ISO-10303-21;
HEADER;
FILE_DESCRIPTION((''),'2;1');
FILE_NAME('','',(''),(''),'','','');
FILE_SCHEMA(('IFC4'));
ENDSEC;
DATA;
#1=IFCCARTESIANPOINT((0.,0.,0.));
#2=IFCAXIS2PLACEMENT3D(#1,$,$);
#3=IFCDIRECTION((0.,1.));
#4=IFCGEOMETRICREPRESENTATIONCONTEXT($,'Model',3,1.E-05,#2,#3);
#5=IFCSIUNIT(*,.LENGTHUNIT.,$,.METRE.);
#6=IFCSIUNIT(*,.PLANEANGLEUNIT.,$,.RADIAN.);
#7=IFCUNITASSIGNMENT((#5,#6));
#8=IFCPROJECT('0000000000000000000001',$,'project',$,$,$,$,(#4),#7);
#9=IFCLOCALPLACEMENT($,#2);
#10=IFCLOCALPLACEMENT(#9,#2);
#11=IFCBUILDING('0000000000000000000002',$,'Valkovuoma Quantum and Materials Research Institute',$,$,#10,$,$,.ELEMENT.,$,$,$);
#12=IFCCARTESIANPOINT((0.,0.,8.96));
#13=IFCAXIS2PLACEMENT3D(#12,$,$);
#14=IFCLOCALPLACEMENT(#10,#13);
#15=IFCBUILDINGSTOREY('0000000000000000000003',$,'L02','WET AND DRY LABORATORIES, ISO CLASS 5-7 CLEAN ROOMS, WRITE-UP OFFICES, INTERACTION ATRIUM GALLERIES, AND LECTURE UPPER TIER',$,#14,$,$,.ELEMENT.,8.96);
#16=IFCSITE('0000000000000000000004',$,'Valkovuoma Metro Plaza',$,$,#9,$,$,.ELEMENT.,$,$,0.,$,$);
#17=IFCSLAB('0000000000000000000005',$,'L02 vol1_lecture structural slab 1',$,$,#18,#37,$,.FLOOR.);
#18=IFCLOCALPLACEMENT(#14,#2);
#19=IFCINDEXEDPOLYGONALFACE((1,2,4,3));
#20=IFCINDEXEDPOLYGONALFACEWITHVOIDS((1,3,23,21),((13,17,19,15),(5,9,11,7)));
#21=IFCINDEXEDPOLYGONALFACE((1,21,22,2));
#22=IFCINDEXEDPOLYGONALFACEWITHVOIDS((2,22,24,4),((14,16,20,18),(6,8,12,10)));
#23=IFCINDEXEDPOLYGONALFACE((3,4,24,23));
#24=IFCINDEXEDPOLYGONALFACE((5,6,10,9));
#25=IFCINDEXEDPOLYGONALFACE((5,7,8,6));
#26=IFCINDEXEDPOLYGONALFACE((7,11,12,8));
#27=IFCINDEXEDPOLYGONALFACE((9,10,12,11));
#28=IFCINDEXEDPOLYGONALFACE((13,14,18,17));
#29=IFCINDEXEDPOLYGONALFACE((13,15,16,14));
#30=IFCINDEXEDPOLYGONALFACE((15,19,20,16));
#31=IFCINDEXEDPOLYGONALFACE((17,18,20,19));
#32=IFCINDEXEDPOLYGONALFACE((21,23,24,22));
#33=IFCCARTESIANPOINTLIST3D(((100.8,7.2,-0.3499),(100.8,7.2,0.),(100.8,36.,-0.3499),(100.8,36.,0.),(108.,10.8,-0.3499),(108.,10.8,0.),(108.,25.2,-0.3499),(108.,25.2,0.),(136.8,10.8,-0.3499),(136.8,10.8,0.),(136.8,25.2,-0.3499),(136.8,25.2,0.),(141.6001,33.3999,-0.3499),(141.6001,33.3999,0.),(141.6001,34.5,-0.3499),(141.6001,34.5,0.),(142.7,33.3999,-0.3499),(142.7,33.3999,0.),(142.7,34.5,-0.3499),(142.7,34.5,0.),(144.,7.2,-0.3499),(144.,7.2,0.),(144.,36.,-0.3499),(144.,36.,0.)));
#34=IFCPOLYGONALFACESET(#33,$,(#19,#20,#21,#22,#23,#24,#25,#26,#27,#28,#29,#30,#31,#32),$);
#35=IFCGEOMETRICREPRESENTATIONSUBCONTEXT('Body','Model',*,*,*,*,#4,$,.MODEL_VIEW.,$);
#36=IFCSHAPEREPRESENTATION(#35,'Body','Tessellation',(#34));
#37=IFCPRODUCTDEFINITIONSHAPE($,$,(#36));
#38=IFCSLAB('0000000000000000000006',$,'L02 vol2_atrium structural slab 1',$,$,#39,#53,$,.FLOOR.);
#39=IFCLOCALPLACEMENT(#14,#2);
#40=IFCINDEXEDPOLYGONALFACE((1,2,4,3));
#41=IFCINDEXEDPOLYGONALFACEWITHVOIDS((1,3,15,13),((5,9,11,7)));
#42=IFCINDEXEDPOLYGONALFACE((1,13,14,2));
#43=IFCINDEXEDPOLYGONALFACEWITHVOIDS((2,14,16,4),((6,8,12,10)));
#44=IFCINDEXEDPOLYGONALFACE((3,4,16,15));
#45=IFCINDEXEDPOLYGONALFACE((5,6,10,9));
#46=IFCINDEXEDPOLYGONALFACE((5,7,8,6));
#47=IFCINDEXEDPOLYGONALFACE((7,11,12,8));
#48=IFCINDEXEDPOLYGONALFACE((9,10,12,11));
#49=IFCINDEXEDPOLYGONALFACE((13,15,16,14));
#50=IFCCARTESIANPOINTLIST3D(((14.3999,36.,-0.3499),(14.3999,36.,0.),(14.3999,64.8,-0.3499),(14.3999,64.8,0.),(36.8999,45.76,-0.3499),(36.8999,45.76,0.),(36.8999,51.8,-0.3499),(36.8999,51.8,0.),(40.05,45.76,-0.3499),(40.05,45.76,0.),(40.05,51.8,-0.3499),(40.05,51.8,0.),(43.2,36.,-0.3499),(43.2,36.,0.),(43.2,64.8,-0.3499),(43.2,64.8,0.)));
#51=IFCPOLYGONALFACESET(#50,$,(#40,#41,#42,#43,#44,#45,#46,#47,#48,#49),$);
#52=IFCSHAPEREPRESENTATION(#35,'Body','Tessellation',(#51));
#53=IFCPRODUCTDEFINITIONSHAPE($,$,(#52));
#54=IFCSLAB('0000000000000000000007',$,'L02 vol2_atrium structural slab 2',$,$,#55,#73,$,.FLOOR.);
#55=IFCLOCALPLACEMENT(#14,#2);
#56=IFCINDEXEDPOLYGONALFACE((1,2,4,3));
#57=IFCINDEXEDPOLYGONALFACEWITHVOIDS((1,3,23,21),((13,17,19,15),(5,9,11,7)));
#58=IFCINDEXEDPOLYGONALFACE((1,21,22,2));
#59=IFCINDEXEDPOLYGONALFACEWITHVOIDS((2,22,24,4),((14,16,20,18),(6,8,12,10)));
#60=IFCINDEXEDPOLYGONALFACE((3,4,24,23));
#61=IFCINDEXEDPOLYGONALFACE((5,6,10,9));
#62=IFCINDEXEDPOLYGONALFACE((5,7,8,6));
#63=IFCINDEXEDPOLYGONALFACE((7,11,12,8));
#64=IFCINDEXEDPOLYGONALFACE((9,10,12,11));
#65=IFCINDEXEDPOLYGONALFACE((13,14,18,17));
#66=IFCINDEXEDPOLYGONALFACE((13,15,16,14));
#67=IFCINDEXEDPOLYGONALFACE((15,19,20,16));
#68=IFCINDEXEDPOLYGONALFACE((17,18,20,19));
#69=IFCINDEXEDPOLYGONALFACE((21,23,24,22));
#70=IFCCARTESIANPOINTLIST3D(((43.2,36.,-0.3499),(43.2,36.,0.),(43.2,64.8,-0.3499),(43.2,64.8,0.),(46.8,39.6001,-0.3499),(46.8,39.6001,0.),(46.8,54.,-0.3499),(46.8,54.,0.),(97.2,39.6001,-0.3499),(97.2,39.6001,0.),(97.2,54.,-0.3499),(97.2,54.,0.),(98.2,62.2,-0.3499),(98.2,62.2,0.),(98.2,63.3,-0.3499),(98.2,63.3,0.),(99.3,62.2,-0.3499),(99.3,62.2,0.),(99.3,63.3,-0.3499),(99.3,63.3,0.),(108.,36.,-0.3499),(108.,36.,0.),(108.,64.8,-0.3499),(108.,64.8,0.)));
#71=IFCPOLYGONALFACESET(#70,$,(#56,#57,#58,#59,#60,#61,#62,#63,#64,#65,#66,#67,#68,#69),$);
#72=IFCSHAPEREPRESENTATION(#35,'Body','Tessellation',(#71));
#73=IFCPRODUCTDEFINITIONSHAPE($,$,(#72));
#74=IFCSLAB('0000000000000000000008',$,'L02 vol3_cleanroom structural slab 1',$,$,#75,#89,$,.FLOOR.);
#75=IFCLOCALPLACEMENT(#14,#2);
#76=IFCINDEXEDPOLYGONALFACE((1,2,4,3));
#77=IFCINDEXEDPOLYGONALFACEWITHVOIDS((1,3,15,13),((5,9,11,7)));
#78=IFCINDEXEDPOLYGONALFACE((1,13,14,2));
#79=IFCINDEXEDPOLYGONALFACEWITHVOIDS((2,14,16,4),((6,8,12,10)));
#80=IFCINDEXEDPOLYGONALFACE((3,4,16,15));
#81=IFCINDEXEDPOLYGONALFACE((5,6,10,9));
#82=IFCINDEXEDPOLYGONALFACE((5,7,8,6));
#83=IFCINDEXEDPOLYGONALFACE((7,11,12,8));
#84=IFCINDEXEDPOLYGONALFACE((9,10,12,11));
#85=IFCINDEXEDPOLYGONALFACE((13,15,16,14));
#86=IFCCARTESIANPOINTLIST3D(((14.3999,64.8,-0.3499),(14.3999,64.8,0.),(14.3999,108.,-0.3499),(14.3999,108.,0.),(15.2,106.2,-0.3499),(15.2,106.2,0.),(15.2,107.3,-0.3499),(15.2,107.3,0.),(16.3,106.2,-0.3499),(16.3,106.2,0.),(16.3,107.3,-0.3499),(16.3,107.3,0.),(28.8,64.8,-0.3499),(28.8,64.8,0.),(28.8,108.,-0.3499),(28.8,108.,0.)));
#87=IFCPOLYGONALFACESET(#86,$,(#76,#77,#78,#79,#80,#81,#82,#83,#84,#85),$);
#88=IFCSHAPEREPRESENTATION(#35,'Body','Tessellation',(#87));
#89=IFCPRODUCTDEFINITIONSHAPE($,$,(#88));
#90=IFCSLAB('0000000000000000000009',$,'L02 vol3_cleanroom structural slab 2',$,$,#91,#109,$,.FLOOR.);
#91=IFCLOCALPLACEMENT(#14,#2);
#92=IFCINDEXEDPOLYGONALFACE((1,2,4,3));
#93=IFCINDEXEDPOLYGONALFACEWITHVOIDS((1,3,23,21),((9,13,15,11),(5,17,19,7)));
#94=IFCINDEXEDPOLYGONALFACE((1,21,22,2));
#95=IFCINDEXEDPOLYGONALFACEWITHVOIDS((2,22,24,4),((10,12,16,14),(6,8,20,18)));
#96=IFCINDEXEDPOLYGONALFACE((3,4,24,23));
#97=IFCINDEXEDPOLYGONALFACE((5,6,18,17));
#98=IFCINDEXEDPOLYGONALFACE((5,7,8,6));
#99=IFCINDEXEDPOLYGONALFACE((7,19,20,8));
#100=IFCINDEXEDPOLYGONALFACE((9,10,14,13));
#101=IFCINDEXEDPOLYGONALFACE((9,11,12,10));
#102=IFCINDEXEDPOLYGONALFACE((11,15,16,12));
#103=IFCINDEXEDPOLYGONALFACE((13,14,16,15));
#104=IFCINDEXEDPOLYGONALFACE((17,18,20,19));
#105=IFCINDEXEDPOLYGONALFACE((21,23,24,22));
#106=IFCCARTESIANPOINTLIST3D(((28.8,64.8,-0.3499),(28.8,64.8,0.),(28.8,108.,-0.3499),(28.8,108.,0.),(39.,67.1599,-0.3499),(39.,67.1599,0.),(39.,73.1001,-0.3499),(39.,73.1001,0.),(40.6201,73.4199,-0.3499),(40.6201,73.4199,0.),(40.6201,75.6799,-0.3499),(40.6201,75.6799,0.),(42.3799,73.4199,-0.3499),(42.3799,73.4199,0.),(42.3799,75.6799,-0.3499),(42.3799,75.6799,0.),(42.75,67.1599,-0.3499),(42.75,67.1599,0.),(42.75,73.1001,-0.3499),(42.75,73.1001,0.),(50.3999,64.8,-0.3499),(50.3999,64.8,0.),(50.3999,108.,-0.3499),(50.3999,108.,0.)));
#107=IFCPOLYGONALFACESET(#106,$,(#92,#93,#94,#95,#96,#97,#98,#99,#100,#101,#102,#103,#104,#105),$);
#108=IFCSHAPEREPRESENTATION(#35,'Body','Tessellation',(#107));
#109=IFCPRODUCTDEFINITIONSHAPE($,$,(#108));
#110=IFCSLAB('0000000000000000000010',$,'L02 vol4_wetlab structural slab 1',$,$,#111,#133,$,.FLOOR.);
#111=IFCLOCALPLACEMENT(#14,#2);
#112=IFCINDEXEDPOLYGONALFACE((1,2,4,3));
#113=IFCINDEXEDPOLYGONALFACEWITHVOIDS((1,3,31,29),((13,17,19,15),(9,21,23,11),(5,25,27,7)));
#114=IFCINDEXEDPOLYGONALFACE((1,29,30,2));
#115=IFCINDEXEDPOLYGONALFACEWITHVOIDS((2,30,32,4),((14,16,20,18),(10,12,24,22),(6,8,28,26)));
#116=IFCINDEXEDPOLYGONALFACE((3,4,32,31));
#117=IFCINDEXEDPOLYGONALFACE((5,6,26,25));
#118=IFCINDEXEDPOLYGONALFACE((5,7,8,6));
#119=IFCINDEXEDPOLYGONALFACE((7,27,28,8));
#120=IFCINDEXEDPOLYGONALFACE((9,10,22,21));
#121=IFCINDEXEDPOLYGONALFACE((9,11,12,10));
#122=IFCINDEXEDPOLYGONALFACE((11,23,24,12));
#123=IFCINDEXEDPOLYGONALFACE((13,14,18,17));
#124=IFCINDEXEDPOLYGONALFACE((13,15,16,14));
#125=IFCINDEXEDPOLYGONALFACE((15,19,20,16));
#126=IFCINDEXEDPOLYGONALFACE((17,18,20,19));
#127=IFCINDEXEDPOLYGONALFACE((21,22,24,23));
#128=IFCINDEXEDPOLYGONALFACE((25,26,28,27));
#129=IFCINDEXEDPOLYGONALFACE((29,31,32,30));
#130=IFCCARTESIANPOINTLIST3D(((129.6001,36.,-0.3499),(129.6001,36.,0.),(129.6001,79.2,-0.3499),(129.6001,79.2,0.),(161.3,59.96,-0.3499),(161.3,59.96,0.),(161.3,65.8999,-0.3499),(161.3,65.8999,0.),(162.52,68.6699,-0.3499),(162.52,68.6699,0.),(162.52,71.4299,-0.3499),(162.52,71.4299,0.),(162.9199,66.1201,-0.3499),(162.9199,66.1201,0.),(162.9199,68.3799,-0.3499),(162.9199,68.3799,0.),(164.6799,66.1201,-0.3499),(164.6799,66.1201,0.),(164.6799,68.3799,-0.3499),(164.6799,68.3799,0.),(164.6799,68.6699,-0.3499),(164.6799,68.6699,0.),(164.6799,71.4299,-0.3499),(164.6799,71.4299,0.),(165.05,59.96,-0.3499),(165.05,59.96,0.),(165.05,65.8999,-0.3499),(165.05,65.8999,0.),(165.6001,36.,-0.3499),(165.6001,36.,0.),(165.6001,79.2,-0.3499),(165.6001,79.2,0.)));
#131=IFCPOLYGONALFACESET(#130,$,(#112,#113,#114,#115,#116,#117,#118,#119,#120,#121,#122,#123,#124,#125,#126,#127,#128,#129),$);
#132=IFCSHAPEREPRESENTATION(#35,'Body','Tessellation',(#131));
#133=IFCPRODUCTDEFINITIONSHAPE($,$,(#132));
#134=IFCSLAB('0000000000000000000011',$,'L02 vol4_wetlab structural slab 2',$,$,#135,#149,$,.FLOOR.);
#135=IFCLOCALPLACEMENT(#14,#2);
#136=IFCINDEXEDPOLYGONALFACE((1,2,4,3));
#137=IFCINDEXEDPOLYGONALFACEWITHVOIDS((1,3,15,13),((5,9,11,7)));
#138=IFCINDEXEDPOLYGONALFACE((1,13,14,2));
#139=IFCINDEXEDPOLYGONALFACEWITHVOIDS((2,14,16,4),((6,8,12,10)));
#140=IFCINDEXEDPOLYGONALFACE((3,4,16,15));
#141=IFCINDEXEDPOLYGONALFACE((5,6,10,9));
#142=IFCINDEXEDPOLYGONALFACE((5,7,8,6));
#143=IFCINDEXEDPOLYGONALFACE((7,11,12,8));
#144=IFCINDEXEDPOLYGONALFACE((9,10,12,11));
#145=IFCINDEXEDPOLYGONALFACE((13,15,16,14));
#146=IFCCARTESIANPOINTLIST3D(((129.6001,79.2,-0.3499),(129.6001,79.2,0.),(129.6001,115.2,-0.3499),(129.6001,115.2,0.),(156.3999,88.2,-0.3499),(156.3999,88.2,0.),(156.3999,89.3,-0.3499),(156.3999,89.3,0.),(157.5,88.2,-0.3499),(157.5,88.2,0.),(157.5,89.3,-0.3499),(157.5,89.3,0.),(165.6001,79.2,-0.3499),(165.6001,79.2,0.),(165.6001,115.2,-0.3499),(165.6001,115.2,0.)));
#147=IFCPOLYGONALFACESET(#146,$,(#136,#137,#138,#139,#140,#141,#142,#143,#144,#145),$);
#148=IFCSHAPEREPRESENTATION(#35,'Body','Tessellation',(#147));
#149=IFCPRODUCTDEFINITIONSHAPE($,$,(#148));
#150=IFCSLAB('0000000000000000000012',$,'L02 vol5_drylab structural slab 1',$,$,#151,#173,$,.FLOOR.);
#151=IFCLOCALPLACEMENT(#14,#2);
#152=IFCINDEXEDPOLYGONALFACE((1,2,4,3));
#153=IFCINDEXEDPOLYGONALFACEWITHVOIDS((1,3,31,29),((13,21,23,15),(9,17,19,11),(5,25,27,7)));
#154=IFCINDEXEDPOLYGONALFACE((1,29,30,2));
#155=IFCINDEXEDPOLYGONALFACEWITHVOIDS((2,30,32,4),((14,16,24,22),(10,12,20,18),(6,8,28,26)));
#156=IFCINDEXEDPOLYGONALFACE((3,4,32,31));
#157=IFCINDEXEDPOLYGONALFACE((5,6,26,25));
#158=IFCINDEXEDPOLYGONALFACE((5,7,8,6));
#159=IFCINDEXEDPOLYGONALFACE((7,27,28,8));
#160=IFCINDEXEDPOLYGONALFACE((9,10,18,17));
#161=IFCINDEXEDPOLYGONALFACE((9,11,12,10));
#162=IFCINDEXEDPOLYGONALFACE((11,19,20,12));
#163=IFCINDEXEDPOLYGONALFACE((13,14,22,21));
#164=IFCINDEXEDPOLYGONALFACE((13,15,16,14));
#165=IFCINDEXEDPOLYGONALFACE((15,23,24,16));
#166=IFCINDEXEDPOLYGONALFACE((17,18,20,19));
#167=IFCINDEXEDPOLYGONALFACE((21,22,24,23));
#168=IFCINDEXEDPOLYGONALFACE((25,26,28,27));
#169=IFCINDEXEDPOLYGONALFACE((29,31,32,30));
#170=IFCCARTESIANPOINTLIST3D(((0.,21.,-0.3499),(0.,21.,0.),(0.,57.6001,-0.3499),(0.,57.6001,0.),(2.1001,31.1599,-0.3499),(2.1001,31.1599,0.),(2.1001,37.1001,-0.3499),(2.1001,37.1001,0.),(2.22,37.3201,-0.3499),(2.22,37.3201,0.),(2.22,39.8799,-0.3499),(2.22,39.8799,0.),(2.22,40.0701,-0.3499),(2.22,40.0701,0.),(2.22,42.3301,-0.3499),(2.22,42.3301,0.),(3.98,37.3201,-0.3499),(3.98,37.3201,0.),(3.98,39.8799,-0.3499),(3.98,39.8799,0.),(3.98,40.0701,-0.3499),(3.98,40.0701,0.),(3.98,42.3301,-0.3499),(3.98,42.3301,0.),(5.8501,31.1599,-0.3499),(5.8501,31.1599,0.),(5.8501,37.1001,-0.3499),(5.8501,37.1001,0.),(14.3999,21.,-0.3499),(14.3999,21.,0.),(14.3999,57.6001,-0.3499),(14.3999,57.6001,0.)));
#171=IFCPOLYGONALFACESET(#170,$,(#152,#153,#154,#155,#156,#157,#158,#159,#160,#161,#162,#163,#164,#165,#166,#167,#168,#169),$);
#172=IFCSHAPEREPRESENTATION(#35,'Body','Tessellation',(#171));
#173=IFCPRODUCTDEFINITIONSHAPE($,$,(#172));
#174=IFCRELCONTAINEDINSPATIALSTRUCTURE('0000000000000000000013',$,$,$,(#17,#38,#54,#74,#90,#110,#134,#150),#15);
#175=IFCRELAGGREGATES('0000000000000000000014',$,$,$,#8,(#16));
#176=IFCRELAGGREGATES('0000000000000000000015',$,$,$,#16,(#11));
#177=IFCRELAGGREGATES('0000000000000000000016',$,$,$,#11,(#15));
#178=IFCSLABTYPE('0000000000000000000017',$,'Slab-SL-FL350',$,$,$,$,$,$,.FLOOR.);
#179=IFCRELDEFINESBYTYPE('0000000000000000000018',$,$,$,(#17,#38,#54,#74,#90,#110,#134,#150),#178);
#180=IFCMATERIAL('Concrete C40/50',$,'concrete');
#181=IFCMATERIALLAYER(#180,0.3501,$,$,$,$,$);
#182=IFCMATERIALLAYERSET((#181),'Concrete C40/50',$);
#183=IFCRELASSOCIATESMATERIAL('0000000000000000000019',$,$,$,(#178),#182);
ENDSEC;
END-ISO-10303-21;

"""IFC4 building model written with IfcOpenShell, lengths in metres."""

from ifc_helpers import new_model, si_unit, direction, frame, origin, place, context, subcontext, project, spatial, polyline, outline, extrude, material, layer, layer_set, type_object, element, save


model = new_model("IFC4")

# Units and contexts
model_context = context("Model", 3, precision=1e-05, world=origin(), true_north=direction((0.0, 1.0)))
body_context = subcontext(model_context, "Body", "Model", "MODEL_VIEW")
ifc_project = project(units=[si_unit("LENGTHUNIT", "METRE"), si_unit("PLANEANGLEUNIT", "RADIAN")], contexts=[model_context])

# Site, building, storey
site_placement = place(None, origin())
site = spatial("IfcSite", under=ifc_project, at=site_placement, Name="Valkovuoma Metro Plaza", CompositionType="ELEMENT", RefElevation=0.0)
building_placement = place(site_placement, origin())
building = spatial("IfcBuilding", under=site, at=building_placement, Name="Valkovuoma Quantum and Materials Research Institute", CompositionType="ELEMENT")
storey_placement = place(building_placement, frame((0.0, 0.0, 8.96)))
storey = spatial("IfcBuildingStorey", under=building, at=storey_placement, Name="L02", Description="WET AND DRY LABORATORIES, ISO CLASS 5-7 CLEAN ROOMS, WRITE-UP OFFICES, INTERACTION ATRIUM GALLERIES, AND LECTURE UPPER TIER", CompositionType="ELEMENT", Elevation=8.96)

# Slabs
ifc_material_1 = material(Name="Concrete C40/50", Category="concrete")
ifc_layer_1 = layer(ifc_material_1, 0.3501)
ifc_layer_set_1 = layer_set([ifc_layer_1], Name="Concrete C40/50")
slab_type = type_object("IfcSlabType", Name="Slab-SL-FL350", PredefinedType="FLOOR", material=ifc_layer_set_1)
slab_1_placement = place(storey_placement, frame((0.0, 0.0, -0.3499)))
element("IfcSlab", 1, at=slab_1_placement, inside=storey, type_object=slab_type, Name="L02 vol1_lecture structural slab 1", PredefinedType="FLOOR", context=body_context, shape_type="SweptSolid", body=[
    extrude(outline(polyline([(100.8, 7.2), (144.0, 7.2), (144.0, 36.0), (100.8, 36.0), (100.8, 7.2)]), holes=[polyline([(141.6001, 33.3999), (142.7, 33.3999), (142.7, 34.5), (141.6001, 34.5), (141.6001, 33.3999)]), polyline([(108.0, 10.8), (136.8, 10.8), (136.8, 25.2), (108.0, 25.2), (108.0, 10.8)])]), origin(), (0.0, 0.0, 1.0), 0.3499),
])
slab_2_placement = place(storey_placement, frame((0.0, 0.0, -0.3499)))
element("IfcSlab", 2, at=slab_2_placement, inside=storey, type_object=slab_type, Name="L02 vol2_atrium structural slab 1", PredefinedType="FLOOR", context=body_context, shape_type="SweptSolid", body=[
    extrude(outline(polyline([(14.3999, 36.0), (43.2, 36.0), (43.2, 64.8), (14.3999, 64.8), (14.3999, 36.0)]), holes=[polyline([(36.8999, 45.76), (40.05, 45.76), (40.05, 51.8), (36.8999, 51.8), (36.8999, 45.76)])]), origin(), (0.0, 0.0, 1.0), 0.3499),
])
slab_3_placement = place(storey_placement, frame((0.0, 0.0, -0.3499)))
element("IfcSlab", 3, at=slab_3_placement, inside=storey, type_object=slab_type, Name="L02 vol2_atrium structural slab 2", PredefinedType="FLOOR", context=body_context, shape_type="SweptSolid", body=[
    extrude(outline(polyline([(43.2, 36.0), (108.0, 36.0), (108.0, 64.8), (43.2, 64.8), (43.2, 36.0)]), holes=[polyline([(98.2, 62.2), (99.3, 62.2), (99.3, 63.3), (98.2, 63.3), (98.2, 62.2)]), polyline([(46.8, 39.6001), (97.2, 39.6001), (97.2, 54.0), (46.8, 54.0), (46.8, 39.6001)])]), origin(), (0.0, 0.0, 1.0), 0.3499),
])
slab_4_placement = place(storey_placement, frame((0.0, 0.0, -0.3499)))
element("IfcSlab", 4, at=slab_4_placement, inside=storey, type_object=slab_type, Name="L02 vol3_cleanroom structural slab 1", PredefinedType="FLOOR", context=body_context, shape_type="SweptSolid", body=[
    extrude(outline(polyline([(14.3999, 64.8), (28.8, 64.8), (28.8, 108.0), (14.3999, 108.0), (14.3999, 64.8)]), holes=[polyline([(15.2, 106.2), (16.3, 106.2), (16.3, 107.3), (15.2, 107.3), (15.2, 106.2)])]), origin(), (0.0, 0.0, 1.0), 0.3499),
])
slab_5_placement = place(storey_placement, frame((0.0, 0.0, -0.3499)))
element("IfcSlab", 5, at=slab_5_placement, inside=storey, type_object=slab_type, Name="L02 vol3_cleanroom structural slab 2", PredefinedType="FLOOR", context=body_context, shape_type="SweptSolid", body=[
    extrude(outline(polyline([(28.8, 64.8), (50.3999, 64.8), (50.3999, 108.0), (28.8, 108.0), (28.8, 64.8)]), holes=[polyline([(39.0, 67.1599), (42.75, 67.1599), (42.75, 73.1001), (39.0, 73.1001), (39.0, 67.1599)]), polyline([(40.6201, 73.4199), (42.3799, 73.4199), (42.3799, 75.6799), (40.6201, 75.6799), (40.6201, 73.4199)])]), origin(), (0.0, 0.0, 1.0), 0.3499),
])
slab_6_placement = place(storey_placement, frame((0.0, 0.0, -0.3499)))
element("IfcSlab", 6, at=slab_6_placement, inside=storey, type_object=slab_type, Name="L02 vol4_wetlab structural slab 1", PredefinedType="FLOOR", context=body_context, shape_type="SweptSolid", body=[
    extrude(outline(polyline([(129.6001, 36.0), (165.6001, 36.0), (165.6001, 79.2), (129.6001, 79.2), (129.6001, 36.0)]), holes=[polyline([(161.3, 59.96), (165.05, 59.96), (165.05, 65.8999), (161.3, 65.8999), (161.3, 59.96)]), polyline([(162.9199, 66.1201), (164.6799, 66.1201), (164.6799, 68.3799), (162.9199, 68.3799), (162.9199, 66.1201)]), polyline([(162.52, 68.6699), (164.6799, 68.6699), (164.6799, 71.4299), (162.52, 71.4299), (162.52, 68.6699)])]), origin(), (0.0, 0.0, 1.0), 0.3499),
])
slab_7_placement = place(storey_placement, frame((0.0, 0.0, -0.3499)))
element("IfcSlab", 7, at=slab_7_placement, inside=storey, type_object=slab_type, Name="L02 vol4_wetlab structural slab 2", PredefinedType="FLOOR", context=body_context, shape_type="SweptSolid", body=[
    extrude(outline(polyline([(129.6001, 79.2), (165.6001, 79.2), (165.6001, 115.2), (129.6001, 115.2), (129.6001, 79.2)]), holes=[polyline([(156.3999, 88.2), (157.5, 88.2), (157.5, 89.3), (156.3999, 89.3), (156.3999, 88.2)])]), origin(), (0.0, 0.0, 1.0), 0.3499),
])
slab_8_placement = place(storey_placement, frame((0.0, 0.0, -0.3499)))
element("IfcSlab", 8, at=slab_8_placement, inside=storey, type_object=slab_type, Name="L02 vol5_drylab structural slab 1", PredefinedType="FLOOR", context=body_context, shape_type="SweptSolid", body=[
    extrude(outline(polyline([(0.0, 21.0), (14.3999, 21.0), (14.3999, 57.6001), (0.0, 57.6001), (0.0, 21.0)]), holes=[polyline([(2.1001, 31.1599), (5.8501, 31.1599), (5.8501, 37.1001), (2.1001, 37.1001), (2.1001, 31.1599)]), polyline([(2.22, 37.3201), (3.98, 37.3201), (3.98, 39.8799), (2.22, 39.8799), (2.22, 37.3201)]), polyline([(2.22, 40.0701), (3.98, 40.0701), (3.98, 42.3301), (2.22, 42.3301), (2.22, 40.0701)])]), origin(), (0.0, 0.0, 1.0), 0.3499),
])

save(model, "model.ifc")
